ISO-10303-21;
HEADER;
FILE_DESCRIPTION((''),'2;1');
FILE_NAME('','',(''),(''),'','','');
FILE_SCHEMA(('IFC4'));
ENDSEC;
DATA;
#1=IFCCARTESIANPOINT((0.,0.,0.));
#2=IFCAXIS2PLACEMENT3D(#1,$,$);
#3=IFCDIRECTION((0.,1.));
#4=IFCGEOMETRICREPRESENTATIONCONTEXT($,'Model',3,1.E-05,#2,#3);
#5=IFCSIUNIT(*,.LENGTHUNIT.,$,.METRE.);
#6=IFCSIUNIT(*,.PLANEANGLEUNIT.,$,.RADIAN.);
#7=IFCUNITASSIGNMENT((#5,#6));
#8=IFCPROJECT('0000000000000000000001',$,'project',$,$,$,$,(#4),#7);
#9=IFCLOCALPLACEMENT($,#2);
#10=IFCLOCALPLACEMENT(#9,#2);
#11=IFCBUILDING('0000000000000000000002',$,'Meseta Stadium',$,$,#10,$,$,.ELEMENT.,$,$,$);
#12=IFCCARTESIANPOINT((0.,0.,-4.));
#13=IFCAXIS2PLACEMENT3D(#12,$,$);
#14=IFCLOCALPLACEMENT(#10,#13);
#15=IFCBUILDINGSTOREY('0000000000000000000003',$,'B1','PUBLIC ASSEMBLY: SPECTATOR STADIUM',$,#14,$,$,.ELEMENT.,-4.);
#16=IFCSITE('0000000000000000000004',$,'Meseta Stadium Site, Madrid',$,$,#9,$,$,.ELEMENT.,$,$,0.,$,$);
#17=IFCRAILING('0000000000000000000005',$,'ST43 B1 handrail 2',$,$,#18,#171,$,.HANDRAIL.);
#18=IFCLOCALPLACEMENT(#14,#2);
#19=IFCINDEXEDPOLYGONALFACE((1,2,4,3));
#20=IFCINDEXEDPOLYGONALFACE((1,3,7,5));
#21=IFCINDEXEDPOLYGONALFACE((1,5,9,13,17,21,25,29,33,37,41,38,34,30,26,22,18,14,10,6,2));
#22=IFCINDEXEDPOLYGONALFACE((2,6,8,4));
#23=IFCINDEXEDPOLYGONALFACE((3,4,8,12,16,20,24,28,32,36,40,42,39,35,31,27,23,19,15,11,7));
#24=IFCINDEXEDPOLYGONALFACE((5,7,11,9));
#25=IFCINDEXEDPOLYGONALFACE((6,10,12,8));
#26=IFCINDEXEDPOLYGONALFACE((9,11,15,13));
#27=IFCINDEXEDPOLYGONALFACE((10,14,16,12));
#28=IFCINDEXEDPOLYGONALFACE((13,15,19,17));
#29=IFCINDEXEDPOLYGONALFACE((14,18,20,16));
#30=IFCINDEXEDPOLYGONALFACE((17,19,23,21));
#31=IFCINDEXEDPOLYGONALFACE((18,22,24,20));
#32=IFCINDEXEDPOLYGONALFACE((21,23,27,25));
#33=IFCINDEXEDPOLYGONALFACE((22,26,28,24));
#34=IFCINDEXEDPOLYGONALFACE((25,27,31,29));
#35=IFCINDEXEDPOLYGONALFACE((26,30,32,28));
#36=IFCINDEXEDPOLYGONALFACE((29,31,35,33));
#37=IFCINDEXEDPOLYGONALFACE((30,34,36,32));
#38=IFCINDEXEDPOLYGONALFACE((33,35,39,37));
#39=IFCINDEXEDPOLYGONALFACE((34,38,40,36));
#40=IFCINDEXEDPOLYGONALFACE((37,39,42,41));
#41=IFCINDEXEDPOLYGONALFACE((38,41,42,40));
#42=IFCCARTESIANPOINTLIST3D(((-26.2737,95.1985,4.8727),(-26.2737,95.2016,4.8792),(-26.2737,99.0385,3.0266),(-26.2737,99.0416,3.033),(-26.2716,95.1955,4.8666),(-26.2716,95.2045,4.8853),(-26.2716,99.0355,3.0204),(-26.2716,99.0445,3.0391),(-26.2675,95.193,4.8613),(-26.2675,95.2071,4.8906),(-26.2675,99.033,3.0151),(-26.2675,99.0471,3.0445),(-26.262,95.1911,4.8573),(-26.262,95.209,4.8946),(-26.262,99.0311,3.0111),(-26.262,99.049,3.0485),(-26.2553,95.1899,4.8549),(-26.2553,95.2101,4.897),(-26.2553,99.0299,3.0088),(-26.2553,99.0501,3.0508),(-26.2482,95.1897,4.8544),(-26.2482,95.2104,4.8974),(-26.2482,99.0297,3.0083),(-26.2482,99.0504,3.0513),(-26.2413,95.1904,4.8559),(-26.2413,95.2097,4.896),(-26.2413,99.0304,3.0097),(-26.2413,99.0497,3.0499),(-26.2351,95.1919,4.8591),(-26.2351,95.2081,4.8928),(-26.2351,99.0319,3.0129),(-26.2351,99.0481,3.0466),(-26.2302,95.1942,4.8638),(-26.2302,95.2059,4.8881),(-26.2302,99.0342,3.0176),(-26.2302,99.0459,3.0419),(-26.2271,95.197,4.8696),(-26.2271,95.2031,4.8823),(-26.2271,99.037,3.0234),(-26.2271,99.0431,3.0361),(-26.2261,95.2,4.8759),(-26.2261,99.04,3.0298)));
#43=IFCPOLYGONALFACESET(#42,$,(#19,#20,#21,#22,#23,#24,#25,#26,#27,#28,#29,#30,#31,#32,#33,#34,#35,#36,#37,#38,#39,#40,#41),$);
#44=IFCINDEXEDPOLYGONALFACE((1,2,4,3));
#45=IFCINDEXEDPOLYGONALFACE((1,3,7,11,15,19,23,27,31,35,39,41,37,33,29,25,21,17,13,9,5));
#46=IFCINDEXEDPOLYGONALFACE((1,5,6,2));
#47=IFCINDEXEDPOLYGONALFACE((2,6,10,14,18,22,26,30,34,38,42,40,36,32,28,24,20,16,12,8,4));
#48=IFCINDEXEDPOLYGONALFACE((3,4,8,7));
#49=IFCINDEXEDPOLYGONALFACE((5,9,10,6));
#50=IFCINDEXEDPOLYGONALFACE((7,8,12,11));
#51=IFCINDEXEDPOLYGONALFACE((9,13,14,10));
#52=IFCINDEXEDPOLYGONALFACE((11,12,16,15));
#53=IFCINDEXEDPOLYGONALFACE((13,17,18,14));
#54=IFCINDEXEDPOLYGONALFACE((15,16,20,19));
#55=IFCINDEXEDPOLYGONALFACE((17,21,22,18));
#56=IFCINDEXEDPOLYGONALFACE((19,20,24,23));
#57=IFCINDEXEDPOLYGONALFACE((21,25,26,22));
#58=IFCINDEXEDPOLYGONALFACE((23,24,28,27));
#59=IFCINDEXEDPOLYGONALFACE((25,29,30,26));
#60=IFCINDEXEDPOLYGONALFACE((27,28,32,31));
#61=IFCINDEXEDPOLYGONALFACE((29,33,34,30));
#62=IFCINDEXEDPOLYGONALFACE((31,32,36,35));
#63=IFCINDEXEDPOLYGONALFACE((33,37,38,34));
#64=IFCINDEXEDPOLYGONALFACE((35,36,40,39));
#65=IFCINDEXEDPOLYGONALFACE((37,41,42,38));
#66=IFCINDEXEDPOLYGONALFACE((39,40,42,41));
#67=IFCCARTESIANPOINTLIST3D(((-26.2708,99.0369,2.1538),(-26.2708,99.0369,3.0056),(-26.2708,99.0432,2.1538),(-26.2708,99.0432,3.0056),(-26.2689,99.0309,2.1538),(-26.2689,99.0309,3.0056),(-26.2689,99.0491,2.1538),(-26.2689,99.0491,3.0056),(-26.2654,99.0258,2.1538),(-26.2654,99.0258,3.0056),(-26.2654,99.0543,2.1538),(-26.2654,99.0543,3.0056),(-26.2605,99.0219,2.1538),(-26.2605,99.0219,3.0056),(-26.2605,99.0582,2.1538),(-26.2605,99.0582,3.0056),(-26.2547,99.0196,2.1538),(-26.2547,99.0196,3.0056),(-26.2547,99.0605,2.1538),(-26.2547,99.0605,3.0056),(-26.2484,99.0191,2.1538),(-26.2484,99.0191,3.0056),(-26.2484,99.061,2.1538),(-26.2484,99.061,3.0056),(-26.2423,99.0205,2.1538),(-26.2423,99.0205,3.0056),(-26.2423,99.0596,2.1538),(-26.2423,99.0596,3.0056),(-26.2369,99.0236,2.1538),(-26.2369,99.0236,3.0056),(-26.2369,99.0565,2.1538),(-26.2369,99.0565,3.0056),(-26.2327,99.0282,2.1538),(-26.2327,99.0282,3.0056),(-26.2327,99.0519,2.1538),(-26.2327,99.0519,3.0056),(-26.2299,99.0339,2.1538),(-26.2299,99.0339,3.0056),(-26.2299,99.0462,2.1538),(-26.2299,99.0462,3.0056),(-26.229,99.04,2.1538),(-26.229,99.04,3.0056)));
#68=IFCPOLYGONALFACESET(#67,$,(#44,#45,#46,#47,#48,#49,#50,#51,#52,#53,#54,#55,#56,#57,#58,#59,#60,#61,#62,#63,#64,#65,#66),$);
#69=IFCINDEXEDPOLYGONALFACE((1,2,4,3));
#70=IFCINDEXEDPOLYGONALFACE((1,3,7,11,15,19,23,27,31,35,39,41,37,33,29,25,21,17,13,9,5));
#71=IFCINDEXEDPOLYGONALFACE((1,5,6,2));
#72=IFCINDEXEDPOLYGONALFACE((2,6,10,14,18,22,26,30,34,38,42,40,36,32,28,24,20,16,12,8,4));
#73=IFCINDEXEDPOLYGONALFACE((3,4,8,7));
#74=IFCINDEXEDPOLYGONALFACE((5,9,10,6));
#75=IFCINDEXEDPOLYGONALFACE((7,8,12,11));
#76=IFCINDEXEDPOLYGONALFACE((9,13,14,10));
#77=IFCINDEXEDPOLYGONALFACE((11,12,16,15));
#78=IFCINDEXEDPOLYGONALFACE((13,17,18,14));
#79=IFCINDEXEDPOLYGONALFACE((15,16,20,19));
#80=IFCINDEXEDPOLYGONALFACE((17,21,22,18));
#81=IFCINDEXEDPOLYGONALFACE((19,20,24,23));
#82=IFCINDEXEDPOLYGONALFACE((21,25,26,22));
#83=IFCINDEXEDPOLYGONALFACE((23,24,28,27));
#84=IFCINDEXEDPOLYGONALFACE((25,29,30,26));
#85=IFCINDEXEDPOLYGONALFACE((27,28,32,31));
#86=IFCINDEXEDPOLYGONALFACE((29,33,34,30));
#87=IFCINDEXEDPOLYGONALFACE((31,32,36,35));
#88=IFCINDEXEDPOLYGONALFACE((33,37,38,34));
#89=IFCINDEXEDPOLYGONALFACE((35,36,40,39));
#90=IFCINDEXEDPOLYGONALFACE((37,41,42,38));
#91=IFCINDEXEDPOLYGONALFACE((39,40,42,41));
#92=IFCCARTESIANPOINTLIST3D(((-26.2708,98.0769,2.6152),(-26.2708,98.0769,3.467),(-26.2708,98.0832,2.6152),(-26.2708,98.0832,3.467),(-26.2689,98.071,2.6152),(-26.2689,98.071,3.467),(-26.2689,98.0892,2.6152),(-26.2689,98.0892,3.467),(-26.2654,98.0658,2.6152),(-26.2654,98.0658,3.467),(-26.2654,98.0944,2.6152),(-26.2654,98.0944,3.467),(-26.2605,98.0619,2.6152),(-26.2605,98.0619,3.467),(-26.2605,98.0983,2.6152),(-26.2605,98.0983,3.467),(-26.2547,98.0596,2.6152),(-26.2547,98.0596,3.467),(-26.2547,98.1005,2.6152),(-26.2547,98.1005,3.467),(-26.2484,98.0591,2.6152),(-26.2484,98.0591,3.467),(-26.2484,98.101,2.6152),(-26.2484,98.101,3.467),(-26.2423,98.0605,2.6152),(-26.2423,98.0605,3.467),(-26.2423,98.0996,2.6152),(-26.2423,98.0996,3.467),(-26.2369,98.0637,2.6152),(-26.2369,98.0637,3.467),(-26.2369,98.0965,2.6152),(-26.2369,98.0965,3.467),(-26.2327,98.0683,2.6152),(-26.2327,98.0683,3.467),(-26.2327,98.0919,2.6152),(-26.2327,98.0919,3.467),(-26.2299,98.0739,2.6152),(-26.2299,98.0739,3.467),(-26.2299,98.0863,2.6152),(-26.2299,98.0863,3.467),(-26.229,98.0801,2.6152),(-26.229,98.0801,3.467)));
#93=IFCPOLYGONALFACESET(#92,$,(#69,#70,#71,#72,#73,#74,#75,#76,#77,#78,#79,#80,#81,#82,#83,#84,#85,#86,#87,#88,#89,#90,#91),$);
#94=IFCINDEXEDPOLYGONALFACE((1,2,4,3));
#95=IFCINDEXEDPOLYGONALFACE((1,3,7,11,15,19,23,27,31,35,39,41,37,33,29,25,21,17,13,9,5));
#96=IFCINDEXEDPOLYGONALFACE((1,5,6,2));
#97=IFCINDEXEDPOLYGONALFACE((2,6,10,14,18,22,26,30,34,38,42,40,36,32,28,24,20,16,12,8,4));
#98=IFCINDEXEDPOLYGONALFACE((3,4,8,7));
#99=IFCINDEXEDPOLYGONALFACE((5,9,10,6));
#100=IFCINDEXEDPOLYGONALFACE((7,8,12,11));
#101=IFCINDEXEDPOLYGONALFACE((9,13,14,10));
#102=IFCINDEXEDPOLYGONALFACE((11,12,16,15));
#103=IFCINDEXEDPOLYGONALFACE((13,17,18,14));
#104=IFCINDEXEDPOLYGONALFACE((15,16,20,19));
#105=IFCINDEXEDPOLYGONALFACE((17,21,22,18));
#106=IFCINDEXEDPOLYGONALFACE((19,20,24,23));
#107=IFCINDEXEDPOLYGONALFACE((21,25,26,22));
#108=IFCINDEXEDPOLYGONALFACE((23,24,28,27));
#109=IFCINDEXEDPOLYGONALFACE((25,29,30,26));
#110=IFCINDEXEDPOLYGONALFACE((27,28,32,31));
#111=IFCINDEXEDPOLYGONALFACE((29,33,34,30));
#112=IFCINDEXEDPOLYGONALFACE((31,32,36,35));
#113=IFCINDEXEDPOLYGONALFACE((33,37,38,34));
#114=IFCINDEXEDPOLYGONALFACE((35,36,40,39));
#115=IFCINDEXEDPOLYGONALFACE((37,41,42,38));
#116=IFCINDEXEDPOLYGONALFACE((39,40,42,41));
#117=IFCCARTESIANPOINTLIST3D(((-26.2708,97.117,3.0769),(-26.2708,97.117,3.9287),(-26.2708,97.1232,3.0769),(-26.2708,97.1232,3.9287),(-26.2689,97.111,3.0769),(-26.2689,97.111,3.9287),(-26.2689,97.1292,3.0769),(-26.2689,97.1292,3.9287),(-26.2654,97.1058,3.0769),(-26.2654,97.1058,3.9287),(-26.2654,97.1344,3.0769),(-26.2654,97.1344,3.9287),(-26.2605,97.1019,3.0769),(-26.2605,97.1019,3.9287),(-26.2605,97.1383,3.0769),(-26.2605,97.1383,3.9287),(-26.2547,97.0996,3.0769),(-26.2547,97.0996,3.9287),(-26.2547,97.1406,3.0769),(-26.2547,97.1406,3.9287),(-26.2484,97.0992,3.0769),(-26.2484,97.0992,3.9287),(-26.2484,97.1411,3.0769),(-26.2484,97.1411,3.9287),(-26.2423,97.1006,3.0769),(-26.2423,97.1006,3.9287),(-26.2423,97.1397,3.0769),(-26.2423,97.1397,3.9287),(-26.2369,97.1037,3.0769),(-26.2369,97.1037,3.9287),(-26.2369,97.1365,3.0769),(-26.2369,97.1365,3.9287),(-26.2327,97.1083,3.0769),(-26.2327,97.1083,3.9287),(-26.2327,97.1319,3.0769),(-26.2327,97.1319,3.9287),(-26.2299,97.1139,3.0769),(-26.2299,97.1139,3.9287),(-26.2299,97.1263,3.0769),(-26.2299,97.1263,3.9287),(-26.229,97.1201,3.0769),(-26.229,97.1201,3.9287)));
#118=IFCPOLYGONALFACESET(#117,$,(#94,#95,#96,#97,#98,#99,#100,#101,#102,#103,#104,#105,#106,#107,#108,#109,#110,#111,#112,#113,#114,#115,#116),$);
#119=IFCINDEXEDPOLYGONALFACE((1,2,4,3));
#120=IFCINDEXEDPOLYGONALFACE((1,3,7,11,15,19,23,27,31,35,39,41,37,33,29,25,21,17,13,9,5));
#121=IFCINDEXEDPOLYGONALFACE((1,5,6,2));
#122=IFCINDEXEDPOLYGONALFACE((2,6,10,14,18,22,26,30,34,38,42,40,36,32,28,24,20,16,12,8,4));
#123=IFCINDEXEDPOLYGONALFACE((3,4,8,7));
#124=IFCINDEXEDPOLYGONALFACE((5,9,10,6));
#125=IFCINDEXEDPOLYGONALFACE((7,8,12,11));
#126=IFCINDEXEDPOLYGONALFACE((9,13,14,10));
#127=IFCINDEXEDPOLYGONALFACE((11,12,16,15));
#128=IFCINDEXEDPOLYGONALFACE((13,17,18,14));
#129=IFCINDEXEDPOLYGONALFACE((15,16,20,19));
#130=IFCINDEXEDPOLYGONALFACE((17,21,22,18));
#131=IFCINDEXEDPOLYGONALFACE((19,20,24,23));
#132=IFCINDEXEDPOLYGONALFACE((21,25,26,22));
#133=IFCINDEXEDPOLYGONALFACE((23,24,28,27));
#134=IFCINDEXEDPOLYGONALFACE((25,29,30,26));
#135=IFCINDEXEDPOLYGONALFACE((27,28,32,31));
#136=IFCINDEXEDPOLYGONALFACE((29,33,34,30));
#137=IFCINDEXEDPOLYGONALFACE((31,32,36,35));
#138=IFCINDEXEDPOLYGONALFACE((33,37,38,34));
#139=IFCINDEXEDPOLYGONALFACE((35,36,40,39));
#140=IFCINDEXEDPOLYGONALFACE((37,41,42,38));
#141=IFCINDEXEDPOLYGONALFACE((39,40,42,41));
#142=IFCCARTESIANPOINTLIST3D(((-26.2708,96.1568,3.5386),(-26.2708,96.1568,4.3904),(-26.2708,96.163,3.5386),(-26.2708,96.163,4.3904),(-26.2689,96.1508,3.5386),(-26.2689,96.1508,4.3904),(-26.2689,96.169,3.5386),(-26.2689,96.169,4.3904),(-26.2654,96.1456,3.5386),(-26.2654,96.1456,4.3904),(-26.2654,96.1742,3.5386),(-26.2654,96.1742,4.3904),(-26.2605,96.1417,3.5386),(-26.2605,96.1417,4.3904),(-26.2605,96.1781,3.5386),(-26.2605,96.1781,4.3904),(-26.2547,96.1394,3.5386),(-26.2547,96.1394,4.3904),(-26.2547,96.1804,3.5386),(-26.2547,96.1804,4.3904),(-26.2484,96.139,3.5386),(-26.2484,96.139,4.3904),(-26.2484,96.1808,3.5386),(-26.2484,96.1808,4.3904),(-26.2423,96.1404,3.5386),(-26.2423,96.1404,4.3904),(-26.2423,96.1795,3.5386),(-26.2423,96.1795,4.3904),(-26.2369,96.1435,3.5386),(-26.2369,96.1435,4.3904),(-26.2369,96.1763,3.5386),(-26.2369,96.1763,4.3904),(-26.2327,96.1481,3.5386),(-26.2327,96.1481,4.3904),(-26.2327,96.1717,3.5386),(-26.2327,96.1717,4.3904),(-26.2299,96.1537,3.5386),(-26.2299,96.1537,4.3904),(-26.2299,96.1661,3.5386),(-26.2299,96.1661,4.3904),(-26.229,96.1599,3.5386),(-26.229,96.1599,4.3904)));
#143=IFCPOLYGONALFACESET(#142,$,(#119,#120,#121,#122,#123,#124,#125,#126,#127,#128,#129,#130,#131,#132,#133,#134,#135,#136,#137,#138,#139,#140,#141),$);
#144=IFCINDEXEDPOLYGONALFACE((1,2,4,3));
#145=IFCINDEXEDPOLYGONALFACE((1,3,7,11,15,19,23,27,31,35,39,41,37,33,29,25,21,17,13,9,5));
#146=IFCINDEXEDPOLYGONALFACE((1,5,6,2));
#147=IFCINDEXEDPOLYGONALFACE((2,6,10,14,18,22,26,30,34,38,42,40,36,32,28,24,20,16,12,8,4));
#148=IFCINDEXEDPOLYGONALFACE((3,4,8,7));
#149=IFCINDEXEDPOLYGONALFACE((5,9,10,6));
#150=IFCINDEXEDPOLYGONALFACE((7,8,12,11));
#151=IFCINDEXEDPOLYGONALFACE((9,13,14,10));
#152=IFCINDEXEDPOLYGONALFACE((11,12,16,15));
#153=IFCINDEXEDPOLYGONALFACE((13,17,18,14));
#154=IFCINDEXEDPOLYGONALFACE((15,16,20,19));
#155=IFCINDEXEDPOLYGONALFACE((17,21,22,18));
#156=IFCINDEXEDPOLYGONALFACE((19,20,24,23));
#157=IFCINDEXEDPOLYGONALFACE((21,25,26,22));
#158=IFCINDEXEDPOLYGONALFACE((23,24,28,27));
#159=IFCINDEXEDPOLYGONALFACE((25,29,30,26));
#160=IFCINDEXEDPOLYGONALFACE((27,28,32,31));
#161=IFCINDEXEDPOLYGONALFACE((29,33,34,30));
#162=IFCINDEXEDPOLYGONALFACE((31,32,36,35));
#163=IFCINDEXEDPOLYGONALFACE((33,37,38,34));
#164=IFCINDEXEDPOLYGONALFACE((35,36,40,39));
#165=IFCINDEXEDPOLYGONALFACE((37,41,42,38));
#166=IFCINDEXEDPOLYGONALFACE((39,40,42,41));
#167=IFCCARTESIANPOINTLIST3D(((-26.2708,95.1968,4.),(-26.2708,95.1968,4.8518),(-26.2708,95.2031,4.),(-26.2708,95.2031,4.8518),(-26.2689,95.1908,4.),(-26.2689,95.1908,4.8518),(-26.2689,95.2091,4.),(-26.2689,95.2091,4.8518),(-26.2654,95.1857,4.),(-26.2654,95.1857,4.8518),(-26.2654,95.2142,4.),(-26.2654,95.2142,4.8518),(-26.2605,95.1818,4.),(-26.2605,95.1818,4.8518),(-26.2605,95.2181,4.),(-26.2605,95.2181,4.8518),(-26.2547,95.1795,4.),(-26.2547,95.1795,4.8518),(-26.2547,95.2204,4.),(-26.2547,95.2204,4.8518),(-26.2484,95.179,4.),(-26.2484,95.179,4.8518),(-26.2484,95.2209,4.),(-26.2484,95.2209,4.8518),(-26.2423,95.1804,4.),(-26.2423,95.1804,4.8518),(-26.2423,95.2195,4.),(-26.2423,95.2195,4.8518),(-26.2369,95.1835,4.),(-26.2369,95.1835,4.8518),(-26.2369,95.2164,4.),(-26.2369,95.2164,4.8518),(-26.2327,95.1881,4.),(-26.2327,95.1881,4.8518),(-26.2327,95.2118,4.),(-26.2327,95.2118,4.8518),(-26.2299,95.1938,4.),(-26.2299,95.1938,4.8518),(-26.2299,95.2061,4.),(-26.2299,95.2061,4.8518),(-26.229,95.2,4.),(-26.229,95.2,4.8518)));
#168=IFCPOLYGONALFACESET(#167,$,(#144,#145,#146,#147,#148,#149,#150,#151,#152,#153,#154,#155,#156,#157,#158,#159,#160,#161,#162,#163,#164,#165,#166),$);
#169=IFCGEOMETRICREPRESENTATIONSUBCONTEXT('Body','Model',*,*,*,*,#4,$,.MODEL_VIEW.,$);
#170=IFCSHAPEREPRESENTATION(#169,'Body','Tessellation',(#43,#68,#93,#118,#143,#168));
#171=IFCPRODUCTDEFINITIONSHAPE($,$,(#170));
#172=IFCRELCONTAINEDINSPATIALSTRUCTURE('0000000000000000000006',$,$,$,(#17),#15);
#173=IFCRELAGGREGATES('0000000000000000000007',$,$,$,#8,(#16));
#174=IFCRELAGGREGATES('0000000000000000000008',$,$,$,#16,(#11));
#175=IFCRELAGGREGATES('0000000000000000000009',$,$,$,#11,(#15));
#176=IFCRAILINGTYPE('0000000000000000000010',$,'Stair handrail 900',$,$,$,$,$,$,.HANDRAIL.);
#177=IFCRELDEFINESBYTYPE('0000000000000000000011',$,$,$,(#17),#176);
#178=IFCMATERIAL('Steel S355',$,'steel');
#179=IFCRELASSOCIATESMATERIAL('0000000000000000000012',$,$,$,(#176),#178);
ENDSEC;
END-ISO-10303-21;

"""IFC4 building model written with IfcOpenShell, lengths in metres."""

from ifc_helpers import new_model, si_unit, direction, frame, origin, origin_2d, place, context, subcontext, project, spatial, circle, extrude, material, type_object, element, save


model = new_model("IFC4")

# Units and contexts
model_context = context("Model", 3, precision=1e-05, world=origin(), true_north=direction((0.0, 1.0)))
body_context = subcontext(model_context, "Body", "Model", "MODEL_VIEW")
ifc_project = project(units=[si_unit("LENGTHUNIT", "METRE"), si_unit("PLANEANGLEUNIT", "RADIAN")], contexts=[model_context])

# Site, building, storey
site_placement = place(None, origin())
site = spatial("IfcSite", under=ifc_project, at=site_placement, Name="Meseta Stadium Site, Madrid", CompositionType="ELEMENT", RefElevation=0.0)
building_placement = place(site_placement, origin())
building = spatial("IfcBuilding", under=site, at=building_placement, Name="Meseta Stadium", CompositionType="ELEMENT")
storey_placement = place(building_placement, frame((0.0, 0.0, -4.0)))
storey = spatial("IfcBuildingStorey", under=building, at=storey_placement, Name="B1", Description="PUBLIC ASSEMBLY: SPECTATOR STADIUM", CompositionType="ELEMENT", Elevation=-4.0)

# Railing
ifc_material_1 = material(Name="Steel S355", Category="steel")
railing_type_1 = type_object("IfcRailingType", Name="Stair handrail 900", PredefinedType="HANDRAIL", material=ifc_material_1)
railing_1_placement = place(storey_placement, frame((-26.25, 99.04, 2.1538)))
element("IfcRailing", 1, at=railing_1_placement, inside=storey, type_object=railing_type_1, Name="ST43 B1 handrail 2", PredefinedType="HANDRAIL", context=body_context, shape_type="SweptSolid", body=[
    extrude(circle(Radius=0.0239, at=origin_2d()), frame((0.0, 0.0, 0.876), z_axis=(0.0, -0.901253, 0.433294), x_axis=(1.0, 0.0, 0.0)), (0.0, 0.0, 1.0), 4.2607),
    extrude(circle(Radius=0.021, at=origin_2d()), origin(), (0.0, 0.0, 1.0), 0.8518),
    extrude(circle(Radius=0.021, at=origin_2d()), frame((0.0, -0.96, 0.4614)), (0.0, 0.0, 1.0), 0.8518),
    extrude(circle(Radius=0.021, at=origin_2d()), frame((0.0, -1.9199, 0.9231)), (0.0, 0.0, 1.0), 0.8518),
    extrude(circle(Radius=0.021, at=origin_2d()), frame((0.0, -2.8801, 1.3848)), (0.0, 0.0, 1.0), 0.8518),
    extrude(circle(Radius=0.021, at=origin_2d()), frame((0.0, -3.8401, 1.8462)), (0.0, 0.0, 1.0), 0.8518),
])

save(model, "model.ifc")
